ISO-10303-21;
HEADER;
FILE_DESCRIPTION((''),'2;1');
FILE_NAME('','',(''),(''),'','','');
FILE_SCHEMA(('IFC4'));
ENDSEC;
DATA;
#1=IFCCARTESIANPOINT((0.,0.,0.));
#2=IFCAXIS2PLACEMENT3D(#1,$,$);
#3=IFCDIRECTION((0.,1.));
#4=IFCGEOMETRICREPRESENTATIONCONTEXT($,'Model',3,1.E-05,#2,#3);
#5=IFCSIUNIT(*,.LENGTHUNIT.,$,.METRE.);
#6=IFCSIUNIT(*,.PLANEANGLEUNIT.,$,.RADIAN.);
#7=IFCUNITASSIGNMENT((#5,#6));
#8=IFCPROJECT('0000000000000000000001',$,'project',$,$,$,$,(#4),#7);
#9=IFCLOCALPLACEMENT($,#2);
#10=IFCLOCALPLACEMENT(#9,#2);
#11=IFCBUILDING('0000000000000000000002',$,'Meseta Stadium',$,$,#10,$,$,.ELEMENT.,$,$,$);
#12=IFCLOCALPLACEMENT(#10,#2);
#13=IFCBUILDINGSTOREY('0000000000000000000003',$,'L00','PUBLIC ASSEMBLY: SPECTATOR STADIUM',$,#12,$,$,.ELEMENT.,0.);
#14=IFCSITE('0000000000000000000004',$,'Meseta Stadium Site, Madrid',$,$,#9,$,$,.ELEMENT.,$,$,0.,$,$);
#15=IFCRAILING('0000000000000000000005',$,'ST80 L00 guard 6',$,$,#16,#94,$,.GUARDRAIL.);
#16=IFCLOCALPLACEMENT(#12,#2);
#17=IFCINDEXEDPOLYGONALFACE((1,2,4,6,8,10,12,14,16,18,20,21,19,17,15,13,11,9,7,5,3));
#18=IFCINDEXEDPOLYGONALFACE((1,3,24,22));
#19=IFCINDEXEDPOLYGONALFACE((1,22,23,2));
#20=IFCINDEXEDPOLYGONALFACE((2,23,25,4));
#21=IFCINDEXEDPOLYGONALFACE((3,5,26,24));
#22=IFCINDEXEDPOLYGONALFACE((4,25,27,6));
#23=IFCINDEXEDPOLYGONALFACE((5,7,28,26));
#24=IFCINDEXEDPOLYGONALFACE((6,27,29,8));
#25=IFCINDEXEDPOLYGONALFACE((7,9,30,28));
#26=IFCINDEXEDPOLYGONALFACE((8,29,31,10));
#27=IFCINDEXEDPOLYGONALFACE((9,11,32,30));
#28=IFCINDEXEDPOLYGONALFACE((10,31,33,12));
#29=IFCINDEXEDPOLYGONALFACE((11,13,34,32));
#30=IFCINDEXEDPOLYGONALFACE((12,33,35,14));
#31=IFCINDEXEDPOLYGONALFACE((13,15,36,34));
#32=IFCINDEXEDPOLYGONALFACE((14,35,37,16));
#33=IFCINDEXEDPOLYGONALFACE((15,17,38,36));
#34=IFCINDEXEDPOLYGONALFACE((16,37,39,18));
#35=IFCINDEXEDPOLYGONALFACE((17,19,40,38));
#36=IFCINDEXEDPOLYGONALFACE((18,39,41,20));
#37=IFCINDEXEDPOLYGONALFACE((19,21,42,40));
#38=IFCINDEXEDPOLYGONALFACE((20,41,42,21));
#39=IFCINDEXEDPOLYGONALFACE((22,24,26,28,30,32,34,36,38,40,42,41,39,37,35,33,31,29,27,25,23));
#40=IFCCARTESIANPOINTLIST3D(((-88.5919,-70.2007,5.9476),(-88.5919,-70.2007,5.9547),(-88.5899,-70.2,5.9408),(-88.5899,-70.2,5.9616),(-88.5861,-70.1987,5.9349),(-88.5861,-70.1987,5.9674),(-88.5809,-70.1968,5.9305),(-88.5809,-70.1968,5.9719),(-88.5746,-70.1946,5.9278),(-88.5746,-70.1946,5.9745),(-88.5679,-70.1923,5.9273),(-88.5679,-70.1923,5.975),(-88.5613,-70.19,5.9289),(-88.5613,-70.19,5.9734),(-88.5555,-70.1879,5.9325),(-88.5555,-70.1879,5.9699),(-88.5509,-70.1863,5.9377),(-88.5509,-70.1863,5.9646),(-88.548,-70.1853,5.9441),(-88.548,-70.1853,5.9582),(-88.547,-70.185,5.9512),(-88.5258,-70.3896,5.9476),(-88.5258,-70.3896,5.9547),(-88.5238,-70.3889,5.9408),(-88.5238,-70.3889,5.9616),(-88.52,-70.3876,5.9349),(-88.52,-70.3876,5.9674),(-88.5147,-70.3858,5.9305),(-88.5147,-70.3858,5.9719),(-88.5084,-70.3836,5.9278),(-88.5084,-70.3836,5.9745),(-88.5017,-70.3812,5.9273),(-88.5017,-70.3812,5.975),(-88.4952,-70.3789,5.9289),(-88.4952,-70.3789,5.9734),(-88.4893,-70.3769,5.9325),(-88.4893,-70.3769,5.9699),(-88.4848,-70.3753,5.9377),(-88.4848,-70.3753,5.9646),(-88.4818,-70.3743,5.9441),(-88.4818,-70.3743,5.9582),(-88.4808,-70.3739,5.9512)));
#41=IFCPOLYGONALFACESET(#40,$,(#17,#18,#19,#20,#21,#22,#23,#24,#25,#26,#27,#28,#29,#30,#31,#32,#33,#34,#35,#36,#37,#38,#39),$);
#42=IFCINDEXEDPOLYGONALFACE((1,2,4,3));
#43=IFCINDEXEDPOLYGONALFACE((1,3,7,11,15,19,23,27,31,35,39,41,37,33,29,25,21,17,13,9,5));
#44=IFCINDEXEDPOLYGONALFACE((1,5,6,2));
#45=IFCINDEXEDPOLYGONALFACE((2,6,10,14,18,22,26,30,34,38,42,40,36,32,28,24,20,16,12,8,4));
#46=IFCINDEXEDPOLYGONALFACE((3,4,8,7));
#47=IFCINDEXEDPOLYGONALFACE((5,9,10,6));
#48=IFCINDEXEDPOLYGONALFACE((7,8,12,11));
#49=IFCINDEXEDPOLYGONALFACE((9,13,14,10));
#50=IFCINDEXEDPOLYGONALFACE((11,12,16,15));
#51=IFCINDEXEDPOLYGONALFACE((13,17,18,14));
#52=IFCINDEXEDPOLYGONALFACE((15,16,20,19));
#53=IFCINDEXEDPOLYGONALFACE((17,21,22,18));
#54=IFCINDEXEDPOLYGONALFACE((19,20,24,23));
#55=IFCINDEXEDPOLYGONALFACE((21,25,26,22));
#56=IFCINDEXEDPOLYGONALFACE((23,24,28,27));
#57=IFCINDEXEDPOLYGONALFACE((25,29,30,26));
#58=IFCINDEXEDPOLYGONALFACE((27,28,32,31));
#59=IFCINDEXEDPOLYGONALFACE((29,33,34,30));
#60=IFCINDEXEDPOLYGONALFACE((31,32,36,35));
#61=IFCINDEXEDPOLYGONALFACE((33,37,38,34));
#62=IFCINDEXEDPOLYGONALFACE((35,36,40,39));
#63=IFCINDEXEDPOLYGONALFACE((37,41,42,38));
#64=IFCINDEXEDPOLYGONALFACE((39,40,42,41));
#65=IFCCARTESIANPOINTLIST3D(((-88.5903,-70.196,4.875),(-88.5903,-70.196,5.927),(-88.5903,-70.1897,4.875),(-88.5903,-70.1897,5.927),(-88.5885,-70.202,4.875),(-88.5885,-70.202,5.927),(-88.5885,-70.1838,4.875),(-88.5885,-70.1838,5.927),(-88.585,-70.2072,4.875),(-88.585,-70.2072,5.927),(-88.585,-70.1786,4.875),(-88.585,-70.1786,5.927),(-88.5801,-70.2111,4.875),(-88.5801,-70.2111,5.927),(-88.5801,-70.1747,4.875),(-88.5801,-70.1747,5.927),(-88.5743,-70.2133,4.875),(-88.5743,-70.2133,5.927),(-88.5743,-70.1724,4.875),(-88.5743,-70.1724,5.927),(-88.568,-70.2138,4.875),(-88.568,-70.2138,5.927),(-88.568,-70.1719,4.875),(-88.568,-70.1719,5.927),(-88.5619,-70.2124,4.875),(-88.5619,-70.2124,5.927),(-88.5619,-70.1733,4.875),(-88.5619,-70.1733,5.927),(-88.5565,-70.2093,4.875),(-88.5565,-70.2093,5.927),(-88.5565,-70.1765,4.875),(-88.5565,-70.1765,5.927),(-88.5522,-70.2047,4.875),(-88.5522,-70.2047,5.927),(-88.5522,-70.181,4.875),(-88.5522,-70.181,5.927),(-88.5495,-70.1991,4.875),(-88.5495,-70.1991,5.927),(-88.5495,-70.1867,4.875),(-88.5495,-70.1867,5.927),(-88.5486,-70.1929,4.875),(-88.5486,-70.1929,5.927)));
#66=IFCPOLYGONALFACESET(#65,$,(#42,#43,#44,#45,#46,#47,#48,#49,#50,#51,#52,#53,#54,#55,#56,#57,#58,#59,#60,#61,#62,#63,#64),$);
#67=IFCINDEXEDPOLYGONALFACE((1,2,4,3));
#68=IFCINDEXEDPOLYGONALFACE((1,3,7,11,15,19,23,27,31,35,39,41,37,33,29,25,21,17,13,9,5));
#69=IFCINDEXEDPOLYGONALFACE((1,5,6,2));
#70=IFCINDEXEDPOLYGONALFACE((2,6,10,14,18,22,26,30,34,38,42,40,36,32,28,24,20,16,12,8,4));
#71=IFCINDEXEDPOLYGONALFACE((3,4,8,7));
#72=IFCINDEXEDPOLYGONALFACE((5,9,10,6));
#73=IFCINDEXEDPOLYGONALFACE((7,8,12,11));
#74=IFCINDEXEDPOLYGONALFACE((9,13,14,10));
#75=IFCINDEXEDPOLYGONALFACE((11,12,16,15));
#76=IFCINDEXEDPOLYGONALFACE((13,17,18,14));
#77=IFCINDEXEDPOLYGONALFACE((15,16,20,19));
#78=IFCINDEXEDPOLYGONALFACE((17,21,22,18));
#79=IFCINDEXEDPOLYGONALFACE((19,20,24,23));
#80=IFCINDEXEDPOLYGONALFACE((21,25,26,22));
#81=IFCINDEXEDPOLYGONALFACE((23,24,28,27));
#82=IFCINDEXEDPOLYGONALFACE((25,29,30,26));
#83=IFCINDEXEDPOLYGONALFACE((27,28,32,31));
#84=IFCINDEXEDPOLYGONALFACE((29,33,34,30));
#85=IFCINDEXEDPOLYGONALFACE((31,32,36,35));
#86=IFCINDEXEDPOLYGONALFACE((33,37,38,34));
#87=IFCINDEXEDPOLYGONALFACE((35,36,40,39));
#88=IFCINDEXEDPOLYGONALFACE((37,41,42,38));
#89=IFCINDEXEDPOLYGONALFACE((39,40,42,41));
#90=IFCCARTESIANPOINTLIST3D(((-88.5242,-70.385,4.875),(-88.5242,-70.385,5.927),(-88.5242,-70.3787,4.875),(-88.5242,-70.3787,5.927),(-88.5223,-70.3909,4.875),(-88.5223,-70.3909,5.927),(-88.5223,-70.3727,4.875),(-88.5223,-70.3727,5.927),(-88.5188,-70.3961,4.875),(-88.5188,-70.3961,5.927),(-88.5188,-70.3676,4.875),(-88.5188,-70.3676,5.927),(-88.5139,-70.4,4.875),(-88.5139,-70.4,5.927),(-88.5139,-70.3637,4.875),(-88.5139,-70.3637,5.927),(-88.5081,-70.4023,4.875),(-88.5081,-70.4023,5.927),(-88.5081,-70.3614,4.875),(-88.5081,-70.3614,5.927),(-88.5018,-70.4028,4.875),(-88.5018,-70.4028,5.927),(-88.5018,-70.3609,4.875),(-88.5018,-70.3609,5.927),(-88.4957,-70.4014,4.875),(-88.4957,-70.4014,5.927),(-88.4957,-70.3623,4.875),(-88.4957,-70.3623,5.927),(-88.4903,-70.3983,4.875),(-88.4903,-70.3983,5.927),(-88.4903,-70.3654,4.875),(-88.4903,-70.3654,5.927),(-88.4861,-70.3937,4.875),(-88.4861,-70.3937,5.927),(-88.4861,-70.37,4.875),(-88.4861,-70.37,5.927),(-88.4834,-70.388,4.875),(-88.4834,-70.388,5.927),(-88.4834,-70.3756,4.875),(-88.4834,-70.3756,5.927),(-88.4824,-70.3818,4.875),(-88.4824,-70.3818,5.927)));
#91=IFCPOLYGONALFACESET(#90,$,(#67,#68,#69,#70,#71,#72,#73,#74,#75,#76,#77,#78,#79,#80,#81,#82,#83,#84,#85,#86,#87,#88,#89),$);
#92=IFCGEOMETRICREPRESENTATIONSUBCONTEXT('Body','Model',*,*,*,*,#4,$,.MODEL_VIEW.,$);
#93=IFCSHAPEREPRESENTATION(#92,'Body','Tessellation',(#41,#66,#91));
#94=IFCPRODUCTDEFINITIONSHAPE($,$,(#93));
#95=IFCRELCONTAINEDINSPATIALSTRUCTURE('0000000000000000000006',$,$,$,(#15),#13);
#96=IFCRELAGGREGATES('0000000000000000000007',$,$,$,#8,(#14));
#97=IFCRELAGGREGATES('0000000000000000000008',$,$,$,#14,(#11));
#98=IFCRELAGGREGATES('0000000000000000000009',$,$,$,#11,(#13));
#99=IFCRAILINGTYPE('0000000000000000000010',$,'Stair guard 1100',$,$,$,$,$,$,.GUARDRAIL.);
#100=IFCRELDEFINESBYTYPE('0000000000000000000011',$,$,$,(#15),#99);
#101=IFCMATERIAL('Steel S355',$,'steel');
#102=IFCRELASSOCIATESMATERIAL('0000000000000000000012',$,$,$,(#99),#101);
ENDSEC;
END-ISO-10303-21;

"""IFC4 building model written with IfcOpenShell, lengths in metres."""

from ifc_helpers import new_model, si_unit, direction, frame, origin, origin_2d, place, context, subcontext, project, spatial, circle, extrude, material, type_object, element, save


model = new_model("IFC4")

# Units and contexts
model_context = context("Model", 3, precision=1e-05, world=origin(), true_north=direction((0.0, 1.0)))
body_context = subcontext(model_context, "Body", "Model", "MODEL_VIEW")
ifc_project = project(units=[si_unit("LENGTHUNIT", "METRE"), si_unit("PLANEANGLEUNIT", "RADIAN")], contexts=[model_context])

# Site, building, storey
site_placement = place(None, origin())
site = spatial("IfcSite", under=ifc_project, at=site_placement, Name="Meseta Stadium Site, Madrid", CompositionType="ELEMENT", RefElevation=0.0)
building_placement = place(site_placement, origin())
building = spatial("IfcBuilding", under=site, at=building_placement, Name="Meseta Stadium", CompositionType="ELEMENT")
storey_placement = place(building_placement, origin())
storey = spatial("IfcBuildingStorey", under=building, at=storey_placement, Name="L00", Description="PUBLIC ASSEMBLY: SPECTATOR STADIUM", CompositionType="ELEMENT", Elevation=0.0)

# Railing
ifc_material_1 = material(Name="Steel S355", Category="steel")
railing_type_1 = type_object("IfcRailingType", Name="Stair guard 1100", PredefinedType="GUARDRAIL", material=ifc_material_1)
railing_1_placement = place(storey_placement, frame((-88.5696, -70.1929, 4.875)))
element("IfcRailing", 1, at=railing_1_placement, inside=storey, type_object=railing_type_1, Name="ST80 L00 guard 6", PredefinedType="GUARDRAIL", context=body_context, shape_type="SweptSolid", body=[
    extrude(circle(Radius=0.0239, at=origin_2d()), frame((0.0, 0.0, 1.0762), z_axis=(0.330459, -0.94382, 0.0), x_axis=(0.94382, 0.330459, 0.0)), (0.0, 0.0, 1.0), 0.2002),
    extrude(circle(Radius=0.021, at=origin_2d()), origin(), (0.0, 0.0, 1.0), 1.052),
    extrude(circle(Radius=0.021, at=origin_2d()), frame((0.0662, -0.189, 0.0)), (0.0, 0.0, 1.0), 1.052),
])

save(model, "model.ifc")
